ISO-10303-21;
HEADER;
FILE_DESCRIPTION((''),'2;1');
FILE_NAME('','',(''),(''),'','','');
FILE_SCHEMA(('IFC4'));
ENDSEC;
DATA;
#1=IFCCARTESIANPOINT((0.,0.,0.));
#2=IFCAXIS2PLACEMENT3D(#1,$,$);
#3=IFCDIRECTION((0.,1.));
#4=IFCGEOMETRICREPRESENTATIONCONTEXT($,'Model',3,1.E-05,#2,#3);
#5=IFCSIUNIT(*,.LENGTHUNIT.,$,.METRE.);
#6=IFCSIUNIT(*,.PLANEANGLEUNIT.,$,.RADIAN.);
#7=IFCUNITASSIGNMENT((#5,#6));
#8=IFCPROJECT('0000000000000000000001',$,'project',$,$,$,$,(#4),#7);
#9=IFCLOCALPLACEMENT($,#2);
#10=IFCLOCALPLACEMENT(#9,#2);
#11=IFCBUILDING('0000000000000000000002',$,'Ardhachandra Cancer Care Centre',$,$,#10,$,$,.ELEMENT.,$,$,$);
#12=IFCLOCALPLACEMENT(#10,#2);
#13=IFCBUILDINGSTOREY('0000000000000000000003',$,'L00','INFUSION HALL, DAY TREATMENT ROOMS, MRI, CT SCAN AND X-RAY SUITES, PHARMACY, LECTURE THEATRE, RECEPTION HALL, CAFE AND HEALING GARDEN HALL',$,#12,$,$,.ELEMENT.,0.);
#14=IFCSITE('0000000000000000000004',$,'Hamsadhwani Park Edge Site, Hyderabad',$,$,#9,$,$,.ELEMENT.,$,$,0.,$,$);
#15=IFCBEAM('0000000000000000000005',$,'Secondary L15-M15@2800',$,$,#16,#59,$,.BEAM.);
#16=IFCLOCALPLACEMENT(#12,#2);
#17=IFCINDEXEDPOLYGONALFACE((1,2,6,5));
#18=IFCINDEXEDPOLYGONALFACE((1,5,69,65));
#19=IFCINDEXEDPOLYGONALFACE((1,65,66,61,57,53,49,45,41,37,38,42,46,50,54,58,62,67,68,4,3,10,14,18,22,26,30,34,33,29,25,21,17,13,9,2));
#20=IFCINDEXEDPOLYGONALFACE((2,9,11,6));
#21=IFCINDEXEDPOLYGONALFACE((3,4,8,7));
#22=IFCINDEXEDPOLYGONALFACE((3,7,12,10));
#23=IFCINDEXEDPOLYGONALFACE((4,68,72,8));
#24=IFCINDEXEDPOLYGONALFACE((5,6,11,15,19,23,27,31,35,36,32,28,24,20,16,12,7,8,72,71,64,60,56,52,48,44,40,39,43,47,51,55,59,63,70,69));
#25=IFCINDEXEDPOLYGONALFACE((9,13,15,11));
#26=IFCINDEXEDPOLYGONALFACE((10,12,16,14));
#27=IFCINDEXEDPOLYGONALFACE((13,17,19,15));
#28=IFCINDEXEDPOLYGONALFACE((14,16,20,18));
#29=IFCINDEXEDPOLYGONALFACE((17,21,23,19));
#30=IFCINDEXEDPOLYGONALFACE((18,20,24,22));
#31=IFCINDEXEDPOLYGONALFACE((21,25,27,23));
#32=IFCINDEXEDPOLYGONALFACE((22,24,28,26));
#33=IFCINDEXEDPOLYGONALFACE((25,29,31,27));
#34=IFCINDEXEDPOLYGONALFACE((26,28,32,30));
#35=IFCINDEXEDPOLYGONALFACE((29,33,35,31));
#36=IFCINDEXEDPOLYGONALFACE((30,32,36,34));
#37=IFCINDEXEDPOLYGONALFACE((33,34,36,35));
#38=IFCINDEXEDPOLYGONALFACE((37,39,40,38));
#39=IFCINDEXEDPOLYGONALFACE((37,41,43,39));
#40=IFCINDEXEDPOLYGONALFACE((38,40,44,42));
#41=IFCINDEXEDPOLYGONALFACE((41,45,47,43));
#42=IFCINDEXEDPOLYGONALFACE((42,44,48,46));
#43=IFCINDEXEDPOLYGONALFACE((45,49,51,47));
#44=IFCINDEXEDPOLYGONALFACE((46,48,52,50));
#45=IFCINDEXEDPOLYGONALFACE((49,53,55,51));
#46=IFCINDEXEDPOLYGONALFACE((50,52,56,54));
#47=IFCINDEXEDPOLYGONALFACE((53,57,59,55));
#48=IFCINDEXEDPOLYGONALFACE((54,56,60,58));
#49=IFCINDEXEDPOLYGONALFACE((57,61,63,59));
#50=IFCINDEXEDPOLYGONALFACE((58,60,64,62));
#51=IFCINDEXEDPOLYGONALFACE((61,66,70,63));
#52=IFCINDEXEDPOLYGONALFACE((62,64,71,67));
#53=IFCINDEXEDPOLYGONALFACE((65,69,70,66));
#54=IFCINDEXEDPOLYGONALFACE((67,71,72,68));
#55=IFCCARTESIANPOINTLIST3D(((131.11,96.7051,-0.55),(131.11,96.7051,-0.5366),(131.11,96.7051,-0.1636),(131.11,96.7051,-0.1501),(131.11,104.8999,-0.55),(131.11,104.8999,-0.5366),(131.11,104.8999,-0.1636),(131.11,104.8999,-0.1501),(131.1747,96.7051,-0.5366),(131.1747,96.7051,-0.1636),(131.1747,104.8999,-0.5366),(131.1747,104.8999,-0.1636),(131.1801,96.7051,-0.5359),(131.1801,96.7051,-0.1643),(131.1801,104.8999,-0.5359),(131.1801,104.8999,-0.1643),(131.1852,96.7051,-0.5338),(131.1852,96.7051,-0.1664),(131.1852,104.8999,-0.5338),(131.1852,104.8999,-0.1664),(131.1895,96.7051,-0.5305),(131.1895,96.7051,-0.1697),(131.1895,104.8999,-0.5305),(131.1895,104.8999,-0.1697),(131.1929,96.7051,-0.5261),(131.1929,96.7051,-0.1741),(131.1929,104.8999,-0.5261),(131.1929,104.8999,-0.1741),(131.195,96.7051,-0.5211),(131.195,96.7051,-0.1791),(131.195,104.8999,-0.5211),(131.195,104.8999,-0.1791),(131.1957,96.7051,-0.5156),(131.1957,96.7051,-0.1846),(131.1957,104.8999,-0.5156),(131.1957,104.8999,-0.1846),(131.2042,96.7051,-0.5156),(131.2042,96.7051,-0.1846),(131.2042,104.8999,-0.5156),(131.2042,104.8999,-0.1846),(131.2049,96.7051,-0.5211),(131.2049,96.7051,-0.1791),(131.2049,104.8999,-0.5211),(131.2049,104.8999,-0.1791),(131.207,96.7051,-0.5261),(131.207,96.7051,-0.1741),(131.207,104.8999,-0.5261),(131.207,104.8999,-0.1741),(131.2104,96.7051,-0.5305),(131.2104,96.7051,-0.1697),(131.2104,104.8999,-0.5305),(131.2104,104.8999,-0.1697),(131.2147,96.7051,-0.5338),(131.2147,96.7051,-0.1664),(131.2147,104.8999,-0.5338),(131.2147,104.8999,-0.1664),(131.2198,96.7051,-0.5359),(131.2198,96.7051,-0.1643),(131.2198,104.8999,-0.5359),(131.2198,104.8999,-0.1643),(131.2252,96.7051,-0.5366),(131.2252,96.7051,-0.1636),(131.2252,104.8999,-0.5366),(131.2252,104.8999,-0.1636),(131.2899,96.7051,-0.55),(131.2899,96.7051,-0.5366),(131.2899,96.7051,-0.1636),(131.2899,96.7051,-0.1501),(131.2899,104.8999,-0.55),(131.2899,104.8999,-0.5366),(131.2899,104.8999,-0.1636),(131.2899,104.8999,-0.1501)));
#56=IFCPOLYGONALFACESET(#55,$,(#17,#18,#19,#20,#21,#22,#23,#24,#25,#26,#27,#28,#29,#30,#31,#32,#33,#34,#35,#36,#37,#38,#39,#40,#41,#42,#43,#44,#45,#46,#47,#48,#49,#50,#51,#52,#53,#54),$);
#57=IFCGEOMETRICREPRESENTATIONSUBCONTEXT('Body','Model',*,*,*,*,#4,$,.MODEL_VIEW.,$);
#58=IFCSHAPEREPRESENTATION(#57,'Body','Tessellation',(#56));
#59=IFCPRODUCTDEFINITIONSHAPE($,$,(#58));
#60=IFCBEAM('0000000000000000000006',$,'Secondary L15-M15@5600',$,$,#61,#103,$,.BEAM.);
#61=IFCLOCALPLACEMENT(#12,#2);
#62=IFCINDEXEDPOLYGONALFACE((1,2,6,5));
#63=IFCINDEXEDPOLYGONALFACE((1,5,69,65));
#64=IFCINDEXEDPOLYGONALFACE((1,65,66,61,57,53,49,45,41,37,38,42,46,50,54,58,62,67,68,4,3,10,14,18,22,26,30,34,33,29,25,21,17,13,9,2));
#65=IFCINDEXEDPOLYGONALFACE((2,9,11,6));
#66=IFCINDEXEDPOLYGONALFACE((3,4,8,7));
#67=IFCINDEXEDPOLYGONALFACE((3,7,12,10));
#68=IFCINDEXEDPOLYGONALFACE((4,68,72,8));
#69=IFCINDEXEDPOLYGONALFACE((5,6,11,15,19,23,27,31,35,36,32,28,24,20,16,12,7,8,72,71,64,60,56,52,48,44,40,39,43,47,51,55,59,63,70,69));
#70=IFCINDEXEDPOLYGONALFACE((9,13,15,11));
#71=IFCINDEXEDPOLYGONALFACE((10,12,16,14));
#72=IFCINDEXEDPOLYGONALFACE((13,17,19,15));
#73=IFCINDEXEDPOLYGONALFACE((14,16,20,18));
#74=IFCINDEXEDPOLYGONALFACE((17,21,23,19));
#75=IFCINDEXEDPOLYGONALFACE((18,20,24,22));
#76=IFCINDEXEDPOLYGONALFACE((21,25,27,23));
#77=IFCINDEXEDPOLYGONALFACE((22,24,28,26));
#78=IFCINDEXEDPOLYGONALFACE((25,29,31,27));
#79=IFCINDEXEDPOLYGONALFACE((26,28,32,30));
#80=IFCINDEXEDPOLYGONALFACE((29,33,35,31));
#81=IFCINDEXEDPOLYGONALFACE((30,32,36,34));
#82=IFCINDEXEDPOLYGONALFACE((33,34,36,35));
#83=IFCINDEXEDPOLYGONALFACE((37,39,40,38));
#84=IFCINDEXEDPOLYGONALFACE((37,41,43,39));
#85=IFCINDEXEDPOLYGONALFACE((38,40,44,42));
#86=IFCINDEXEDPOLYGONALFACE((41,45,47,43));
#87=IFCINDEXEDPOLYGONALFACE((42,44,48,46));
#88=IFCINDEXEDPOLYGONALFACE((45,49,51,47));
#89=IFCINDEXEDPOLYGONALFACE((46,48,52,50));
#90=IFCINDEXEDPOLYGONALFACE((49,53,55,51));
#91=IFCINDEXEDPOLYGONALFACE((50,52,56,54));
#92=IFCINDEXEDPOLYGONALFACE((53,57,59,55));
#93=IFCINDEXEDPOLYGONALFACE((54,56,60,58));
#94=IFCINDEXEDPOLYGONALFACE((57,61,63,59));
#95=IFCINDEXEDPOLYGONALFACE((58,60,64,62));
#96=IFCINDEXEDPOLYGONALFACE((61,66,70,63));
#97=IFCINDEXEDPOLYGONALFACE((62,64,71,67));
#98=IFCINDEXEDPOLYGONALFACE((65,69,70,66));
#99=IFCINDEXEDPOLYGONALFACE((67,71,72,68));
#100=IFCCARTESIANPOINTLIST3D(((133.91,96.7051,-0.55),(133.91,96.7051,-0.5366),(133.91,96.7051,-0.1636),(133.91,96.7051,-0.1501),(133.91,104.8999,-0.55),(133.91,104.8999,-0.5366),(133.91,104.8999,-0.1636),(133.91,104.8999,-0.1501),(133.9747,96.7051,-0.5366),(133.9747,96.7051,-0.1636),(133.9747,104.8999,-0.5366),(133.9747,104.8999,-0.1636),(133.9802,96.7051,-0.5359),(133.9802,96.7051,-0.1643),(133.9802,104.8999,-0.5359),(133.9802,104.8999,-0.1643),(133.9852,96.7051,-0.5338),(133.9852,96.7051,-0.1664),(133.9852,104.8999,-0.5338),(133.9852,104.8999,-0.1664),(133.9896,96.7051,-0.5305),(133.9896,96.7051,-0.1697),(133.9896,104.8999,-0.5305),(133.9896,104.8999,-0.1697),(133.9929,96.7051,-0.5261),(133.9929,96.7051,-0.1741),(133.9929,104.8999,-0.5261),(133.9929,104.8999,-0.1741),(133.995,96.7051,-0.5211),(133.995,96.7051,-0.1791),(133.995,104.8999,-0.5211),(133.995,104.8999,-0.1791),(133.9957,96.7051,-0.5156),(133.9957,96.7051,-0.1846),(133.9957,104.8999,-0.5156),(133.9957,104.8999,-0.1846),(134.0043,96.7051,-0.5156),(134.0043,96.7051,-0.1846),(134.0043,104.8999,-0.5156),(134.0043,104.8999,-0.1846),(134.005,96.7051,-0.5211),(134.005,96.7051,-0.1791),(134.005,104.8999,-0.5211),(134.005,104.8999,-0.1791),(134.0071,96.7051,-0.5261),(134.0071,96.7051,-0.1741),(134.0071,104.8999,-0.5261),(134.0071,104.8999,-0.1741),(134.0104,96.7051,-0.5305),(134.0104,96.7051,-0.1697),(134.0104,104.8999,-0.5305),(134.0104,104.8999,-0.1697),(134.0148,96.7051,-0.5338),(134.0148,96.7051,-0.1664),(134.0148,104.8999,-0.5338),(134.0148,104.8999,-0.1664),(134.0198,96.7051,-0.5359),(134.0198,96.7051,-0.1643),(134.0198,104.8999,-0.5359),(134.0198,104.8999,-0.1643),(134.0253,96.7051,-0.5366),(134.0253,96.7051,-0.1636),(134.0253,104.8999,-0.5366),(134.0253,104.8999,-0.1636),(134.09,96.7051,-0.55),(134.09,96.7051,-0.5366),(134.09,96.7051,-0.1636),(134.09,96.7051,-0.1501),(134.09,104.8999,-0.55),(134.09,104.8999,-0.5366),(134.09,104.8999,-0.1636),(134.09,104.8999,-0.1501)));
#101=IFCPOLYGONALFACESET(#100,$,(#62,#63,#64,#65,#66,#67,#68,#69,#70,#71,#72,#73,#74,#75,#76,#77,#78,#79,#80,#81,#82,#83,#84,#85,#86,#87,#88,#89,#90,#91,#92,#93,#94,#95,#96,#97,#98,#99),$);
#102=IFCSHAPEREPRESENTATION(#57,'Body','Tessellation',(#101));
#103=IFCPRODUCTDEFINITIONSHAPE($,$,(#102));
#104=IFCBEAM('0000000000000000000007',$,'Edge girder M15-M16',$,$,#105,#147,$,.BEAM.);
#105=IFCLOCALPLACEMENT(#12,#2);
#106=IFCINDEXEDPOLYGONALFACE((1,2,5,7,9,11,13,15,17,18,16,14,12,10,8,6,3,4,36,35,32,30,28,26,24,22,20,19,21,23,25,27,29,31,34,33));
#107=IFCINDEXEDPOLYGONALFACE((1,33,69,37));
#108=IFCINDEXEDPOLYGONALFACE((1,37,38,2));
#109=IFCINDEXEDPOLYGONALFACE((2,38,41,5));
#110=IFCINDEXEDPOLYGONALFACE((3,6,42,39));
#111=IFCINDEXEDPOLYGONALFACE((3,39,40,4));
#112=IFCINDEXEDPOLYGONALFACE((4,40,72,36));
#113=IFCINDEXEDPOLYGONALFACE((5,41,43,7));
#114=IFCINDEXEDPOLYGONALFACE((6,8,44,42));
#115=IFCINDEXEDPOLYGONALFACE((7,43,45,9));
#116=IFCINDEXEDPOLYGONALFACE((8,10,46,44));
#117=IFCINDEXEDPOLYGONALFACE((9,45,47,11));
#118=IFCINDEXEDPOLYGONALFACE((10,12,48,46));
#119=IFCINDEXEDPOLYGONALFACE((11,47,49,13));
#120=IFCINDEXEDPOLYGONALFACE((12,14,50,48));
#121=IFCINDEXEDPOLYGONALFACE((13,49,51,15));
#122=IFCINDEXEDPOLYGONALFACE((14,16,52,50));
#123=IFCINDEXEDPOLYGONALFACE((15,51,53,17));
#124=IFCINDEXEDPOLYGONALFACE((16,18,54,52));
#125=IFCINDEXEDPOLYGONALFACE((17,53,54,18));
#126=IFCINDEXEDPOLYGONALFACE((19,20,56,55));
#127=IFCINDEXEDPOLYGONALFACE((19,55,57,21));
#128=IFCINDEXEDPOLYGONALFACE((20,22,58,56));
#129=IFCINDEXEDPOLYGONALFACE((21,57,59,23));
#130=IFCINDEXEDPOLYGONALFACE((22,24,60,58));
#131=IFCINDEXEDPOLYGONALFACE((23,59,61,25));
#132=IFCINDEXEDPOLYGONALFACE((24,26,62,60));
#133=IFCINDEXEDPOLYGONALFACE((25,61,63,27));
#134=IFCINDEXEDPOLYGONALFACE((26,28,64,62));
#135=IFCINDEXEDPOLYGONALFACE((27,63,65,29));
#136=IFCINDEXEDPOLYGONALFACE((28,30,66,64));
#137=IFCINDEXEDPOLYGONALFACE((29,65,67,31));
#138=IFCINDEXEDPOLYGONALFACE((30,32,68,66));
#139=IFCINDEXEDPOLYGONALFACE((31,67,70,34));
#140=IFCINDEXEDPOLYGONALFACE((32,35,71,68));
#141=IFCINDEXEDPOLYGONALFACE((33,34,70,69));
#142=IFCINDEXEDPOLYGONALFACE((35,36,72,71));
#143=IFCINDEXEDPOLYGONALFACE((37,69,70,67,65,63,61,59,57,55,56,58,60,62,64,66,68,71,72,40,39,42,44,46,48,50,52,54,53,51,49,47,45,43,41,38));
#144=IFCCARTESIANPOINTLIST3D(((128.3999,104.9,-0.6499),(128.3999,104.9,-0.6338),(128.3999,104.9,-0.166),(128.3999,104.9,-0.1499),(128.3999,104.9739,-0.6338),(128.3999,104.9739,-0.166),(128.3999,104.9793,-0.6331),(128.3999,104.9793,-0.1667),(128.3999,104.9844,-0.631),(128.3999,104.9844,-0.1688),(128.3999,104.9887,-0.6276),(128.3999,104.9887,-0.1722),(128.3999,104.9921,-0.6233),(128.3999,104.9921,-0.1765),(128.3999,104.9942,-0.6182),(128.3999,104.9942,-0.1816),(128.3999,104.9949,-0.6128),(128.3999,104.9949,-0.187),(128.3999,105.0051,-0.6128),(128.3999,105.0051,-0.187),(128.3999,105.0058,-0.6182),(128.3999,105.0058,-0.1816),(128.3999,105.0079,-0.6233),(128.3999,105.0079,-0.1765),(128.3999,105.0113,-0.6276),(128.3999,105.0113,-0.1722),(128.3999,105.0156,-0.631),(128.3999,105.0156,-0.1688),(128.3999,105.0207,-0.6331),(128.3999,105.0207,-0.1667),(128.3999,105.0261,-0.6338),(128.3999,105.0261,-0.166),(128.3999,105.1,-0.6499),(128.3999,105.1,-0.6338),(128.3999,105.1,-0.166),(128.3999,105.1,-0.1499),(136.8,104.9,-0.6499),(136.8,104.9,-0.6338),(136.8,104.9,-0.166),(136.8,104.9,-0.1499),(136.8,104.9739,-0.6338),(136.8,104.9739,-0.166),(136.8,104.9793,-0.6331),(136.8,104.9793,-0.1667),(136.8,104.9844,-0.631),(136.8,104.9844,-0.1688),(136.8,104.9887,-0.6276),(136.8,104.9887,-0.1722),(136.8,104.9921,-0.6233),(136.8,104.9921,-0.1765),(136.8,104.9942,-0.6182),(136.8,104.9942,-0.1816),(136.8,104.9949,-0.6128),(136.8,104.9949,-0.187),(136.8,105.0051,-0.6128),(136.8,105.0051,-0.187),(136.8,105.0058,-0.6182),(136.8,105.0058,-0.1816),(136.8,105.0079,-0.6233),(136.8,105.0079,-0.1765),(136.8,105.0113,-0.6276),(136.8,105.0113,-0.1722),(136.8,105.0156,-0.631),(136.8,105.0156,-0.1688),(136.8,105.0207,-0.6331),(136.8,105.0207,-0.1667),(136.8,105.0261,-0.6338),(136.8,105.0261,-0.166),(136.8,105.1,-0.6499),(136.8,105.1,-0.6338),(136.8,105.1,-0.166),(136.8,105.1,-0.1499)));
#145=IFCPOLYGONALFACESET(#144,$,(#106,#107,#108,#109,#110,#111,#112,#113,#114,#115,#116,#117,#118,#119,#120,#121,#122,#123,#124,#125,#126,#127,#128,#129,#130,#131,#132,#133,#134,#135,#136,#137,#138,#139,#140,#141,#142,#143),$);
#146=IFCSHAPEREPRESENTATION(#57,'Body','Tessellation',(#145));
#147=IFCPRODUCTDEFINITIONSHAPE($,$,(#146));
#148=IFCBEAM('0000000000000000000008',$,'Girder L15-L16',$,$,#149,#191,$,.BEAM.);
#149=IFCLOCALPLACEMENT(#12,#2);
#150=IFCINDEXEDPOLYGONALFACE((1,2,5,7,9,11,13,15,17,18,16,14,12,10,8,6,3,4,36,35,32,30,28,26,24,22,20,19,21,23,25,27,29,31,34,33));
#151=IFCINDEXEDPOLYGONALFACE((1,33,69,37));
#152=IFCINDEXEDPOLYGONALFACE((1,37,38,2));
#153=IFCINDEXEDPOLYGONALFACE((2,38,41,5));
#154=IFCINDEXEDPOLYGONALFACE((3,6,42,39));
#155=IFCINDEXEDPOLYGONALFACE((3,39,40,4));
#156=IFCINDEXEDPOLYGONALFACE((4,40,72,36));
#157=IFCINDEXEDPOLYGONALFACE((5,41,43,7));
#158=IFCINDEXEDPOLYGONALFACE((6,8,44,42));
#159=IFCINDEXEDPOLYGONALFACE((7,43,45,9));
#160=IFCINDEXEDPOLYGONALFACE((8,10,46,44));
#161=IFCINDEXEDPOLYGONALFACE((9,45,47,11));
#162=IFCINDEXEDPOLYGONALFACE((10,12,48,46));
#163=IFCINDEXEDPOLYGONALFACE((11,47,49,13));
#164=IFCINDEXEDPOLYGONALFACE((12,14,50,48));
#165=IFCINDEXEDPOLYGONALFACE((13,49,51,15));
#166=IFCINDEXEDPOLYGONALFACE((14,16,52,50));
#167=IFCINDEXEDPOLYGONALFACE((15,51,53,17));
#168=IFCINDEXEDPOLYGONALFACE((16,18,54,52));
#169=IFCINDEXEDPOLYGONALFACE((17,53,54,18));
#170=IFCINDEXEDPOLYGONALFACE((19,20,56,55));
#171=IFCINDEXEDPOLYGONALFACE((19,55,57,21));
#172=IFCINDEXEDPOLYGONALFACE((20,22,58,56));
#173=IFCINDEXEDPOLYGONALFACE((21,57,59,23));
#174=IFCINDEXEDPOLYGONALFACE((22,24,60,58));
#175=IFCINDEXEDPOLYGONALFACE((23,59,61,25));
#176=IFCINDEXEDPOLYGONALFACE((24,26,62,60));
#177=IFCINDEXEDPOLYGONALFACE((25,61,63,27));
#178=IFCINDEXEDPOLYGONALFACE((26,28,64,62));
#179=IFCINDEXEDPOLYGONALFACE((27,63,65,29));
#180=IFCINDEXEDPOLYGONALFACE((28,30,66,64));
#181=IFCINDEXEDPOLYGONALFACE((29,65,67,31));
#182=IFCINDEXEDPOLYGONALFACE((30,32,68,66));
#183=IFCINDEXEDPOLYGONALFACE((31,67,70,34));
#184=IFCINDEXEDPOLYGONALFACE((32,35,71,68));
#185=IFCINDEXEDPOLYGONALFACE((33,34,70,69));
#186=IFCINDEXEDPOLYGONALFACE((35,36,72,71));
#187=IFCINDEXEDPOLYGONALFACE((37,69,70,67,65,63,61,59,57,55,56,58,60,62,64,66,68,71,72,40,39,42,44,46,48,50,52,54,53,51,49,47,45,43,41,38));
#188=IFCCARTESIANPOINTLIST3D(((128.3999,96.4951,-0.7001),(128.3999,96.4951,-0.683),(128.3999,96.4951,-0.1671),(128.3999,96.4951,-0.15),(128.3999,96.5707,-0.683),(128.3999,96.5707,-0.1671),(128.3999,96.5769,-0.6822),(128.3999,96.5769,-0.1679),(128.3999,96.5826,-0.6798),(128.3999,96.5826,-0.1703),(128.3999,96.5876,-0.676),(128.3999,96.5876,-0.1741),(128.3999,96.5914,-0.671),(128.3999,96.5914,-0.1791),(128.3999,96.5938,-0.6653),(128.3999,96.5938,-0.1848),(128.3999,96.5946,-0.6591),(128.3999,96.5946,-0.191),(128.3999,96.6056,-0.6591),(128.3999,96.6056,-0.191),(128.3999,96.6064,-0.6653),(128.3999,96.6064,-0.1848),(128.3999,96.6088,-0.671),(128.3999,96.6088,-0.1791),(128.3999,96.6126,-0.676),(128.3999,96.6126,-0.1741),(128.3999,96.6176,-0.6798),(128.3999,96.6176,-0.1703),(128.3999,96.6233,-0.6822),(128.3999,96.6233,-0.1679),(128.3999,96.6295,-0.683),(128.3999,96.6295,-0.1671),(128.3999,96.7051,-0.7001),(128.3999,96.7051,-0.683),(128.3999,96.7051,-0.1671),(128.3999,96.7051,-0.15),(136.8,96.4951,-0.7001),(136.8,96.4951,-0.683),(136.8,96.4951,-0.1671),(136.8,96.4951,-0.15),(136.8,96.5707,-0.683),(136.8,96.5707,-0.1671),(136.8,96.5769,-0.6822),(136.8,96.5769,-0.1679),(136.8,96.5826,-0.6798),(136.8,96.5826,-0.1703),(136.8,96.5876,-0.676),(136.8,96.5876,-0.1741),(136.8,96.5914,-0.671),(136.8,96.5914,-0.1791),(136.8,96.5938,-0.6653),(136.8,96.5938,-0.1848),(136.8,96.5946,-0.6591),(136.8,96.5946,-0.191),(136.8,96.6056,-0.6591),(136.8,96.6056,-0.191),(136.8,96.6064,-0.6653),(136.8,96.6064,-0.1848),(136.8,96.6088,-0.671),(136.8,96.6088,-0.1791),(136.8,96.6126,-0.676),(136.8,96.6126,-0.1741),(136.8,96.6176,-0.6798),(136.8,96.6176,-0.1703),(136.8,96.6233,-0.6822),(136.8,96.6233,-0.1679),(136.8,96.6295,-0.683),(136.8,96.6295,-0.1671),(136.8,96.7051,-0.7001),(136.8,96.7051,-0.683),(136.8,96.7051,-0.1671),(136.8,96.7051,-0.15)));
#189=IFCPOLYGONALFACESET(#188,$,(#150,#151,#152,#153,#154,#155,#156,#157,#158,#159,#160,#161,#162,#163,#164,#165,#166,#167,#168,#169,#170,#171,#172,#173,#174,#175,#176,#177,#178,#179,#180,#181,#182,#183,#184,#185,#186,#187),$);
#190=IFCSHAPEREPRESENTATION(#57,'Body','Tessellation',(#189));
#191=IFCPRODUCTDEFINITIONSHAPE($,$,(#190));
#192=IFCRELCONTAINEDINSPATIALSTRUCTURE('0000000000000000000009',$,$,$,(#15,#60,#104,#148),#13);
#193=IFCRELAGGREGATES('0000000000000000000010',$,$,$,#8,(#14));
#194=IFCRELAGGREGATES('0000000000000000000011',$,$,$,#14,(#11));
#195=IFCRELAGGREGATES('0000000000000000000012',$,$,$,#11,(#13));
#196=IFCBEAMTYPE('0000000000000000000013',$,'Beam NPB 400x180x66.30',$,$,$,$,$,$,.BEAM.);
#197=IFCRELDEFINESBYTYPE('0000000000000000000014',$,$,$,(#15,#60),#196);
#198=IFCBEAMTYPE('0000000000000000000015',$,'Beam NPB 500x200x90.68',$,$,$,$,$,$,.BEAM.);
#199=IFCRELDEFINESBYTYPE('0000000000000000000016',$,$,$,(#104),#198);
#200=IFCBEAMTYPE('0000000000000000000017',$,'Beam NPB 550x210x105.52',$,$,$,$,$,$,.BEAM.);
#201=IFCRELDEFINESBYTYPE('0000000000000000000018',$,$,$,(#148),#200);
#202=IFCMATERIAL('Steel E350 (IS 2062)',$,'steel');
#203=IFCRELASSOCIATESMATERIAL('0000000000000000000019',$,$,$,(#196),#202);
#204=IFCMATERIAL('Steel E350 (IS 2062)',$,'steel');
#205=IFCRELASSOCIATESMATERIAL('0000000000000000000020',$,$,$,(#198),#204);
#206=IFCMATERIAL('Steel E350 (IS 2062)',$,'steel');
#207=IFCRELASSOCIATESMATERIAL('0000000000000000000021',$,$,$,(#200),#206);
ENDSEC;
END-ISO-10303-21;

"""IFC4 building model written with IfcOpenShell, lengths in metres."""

from ifc_helpers import new_model, si_unit, direction, frame, origin, origin_2d, place, context, subcontext, project, spatial, i_section, extrude, material, material_profile, profile_set, type_object, element, save


model = new_model("IFC4")

# Units and contexts
model_context = context("Model", 3, precision=1e-05, world=origin(), true_north=direction((0.0, 1.0)))
body_context = subcontext(model_context, "Body", "Model", "MODEL_VIEW")
ifc_project = project(units=[si_unit("LENGTHUNIT", "METRE"), si_unit("PLANEANGLEUNIT", "RADIAN")], contexts=[model_context])

# Site, building, storey
site_placement = place(None, origin())
site = spatial("IfcSite", under=ifc_project, at=site_placement, Name="Hamsadhwani Park Edge Site, Hyderabad", CompositionType="ELEMENT", RefElevation=0.0)
building_placement = place(site_placement, origin())
building = spatial("IfcBuilding", under=site, at=building_placement, Name="Ardhachandra Cancer Care Centre", CompositionType="ELEMENT")
storey_placement = place(building_placement, origin())
storey = spatial("IfcBuildingStorey", under=building, at=storey_placement, Name="L00", Description="INFUSION HALL, DAY TREATMENT ROOMS, MRI, CT SCAN AND X-RAY SUITES, PHARMACY, LECTURE THEATRE, RECEPTION HALL, CAFE AND HEALING GARDEN HALL", CompositionType="ELEMENT", Elevation=0.0)

# Beams
ifc_material_1 = material(Name="Steel E350 (IS 2062)", Category="steel")
ifc_material_profile_1 = material_profile(ifc_material_1, i_section(OverallWidth=0.1799, OverallDepth=0.3999, WebThickness=0.0085, FlangeThickness=0.0134, FilletRadius=0.021, at=origin_2d()), Name="NPB 400x180x66.30")
ifc_profile_set_1 = profile_set([ifc_material_profile_1], Name="Steel E350 (IS 2062)")
beam_type_1 = type_object("IfcBeamType", Name="Beam NPB 400x180x66.30", PredefinedType="BEAM", material=ifc_profile_set_1)
for number, where, z_axis, x_axis, name in (
    (1, (131.2, 96.7051, -0.3501), (0.0, 1.0, 0.0), (-1.0, 0.0, 0.0), "Secondary L15-M15@2800"),
    (2, (134.0, 96.7051, -0.3501), (0.0, 1.0, 0.0), (-1.0, 0.0, 0.0), "Secondary L15-M15@5600"),
):
    element("IfcBeam", number, at=place(storey_placement, frame(where, z_axis=z_axis, x_axis=x_axis)), inside=storey, type_object=beam_type_1, Name=name, PredefinedType="BEAM", context=body_context, shape_type="SweptSolid", body=[
        extrude(i_section(OverallWidth=0.1799, OverallDepth=0.3999, WebThickness=0.0085, FlangeThickness=0.0134, FilletRadius=0.021, at=origin_2d()), origin(), (0.0, 0.0, 1.0), 8.1948),
    ])
ifc_material_2 = material(Name="Steel E350 (IS 2062)", Category="steel")
ifc_material_profile_2 = material_profile(ifc_material_2, i_section(OverallWidth=0.2, OverallDepth=0.5, WebThickness=0.0103, FlangeThickness=0.0161, FilletRadius=0.021, at=origin_2d()), Name="NPB 500x200x90.68")
ifc_profile_set_2 = profile_set([ifc_material_profile_2], Name="Steel E350 (IS 2062)")
beam_type_2 = type_object("IfcBeamType", Name="Beam NPB 500x200x90.68", PredefinedType="BEAM", material=ifc_profile_set_2)
beam_1_placement = place(storey_placement, frame((128.3999, 105.0, -0.3999), z_axis=(1.0, 0.0, 0.0), x_axis=(0.0, 1.0, 0.0)))
element("IfcBeam", 3, at=beam_1_placement, inside=storey, type_object=beam_type_2, Name="Edge girder M15-M16", PredefinedType="BEAM", context=body_context, shape_type="SweptSolid", body=[
    extrude(i_section(OverallWidth=0.2, OverallDepth=0.5, WebThickness=0.0103, FlangeThickness=0.0161, FilletRadius=0.021, at=origin_2d()), origin(), (0.0, 0.0, 1.0), 8.4001),
])
ifc_material_3 = material(Name="Steel E350 (IS 2062)", Category="steel")
ifc_material_profile_3 = material_profile(ifc_material_3, i_section(OverallWidth=0.21, OverallDepth=0.55, WebThickness=0.011, FlangeThickness=0.0171, FilletRadius=0.0239, at=origin_2d()), Name="NPB 550x210x105.52")
ifc_profile_set_3 = profile_set([ifc_material_profile_3], Name="Steel E350 (IS 2062)")
beam_type_3 = type_object("IfcBeamType", Name="Beam NPB 550x210x105.52", PredefinedType="BEAM", material=ifc_profile_set_3)
beam_2_placement = place(storey_placement, frame((128.3999, 96.6001, -0.425), z_axis=(1.0, 0.0, 0.0), x_axis=(0.0, 1.0, 0.0)))
element("IfcBeam", 4, at=beam_2_placement, inside=storey, type_object=beam_type_3, Name="Girder L15-L16", PredefinedType="BEAM", context=body_context, shape_type="SweptSolid", body=[
    extrude(i_section(OverallWidth=0.21, OverallDepth=0.55, WebThickness=0.011, FlangeThickness=0.0171, FilletRadius=0.0239, at=origin_2d()), origin(), (0.0, 0.0, 1.0), 8.4001),
])

save(model, "model.ifc")
